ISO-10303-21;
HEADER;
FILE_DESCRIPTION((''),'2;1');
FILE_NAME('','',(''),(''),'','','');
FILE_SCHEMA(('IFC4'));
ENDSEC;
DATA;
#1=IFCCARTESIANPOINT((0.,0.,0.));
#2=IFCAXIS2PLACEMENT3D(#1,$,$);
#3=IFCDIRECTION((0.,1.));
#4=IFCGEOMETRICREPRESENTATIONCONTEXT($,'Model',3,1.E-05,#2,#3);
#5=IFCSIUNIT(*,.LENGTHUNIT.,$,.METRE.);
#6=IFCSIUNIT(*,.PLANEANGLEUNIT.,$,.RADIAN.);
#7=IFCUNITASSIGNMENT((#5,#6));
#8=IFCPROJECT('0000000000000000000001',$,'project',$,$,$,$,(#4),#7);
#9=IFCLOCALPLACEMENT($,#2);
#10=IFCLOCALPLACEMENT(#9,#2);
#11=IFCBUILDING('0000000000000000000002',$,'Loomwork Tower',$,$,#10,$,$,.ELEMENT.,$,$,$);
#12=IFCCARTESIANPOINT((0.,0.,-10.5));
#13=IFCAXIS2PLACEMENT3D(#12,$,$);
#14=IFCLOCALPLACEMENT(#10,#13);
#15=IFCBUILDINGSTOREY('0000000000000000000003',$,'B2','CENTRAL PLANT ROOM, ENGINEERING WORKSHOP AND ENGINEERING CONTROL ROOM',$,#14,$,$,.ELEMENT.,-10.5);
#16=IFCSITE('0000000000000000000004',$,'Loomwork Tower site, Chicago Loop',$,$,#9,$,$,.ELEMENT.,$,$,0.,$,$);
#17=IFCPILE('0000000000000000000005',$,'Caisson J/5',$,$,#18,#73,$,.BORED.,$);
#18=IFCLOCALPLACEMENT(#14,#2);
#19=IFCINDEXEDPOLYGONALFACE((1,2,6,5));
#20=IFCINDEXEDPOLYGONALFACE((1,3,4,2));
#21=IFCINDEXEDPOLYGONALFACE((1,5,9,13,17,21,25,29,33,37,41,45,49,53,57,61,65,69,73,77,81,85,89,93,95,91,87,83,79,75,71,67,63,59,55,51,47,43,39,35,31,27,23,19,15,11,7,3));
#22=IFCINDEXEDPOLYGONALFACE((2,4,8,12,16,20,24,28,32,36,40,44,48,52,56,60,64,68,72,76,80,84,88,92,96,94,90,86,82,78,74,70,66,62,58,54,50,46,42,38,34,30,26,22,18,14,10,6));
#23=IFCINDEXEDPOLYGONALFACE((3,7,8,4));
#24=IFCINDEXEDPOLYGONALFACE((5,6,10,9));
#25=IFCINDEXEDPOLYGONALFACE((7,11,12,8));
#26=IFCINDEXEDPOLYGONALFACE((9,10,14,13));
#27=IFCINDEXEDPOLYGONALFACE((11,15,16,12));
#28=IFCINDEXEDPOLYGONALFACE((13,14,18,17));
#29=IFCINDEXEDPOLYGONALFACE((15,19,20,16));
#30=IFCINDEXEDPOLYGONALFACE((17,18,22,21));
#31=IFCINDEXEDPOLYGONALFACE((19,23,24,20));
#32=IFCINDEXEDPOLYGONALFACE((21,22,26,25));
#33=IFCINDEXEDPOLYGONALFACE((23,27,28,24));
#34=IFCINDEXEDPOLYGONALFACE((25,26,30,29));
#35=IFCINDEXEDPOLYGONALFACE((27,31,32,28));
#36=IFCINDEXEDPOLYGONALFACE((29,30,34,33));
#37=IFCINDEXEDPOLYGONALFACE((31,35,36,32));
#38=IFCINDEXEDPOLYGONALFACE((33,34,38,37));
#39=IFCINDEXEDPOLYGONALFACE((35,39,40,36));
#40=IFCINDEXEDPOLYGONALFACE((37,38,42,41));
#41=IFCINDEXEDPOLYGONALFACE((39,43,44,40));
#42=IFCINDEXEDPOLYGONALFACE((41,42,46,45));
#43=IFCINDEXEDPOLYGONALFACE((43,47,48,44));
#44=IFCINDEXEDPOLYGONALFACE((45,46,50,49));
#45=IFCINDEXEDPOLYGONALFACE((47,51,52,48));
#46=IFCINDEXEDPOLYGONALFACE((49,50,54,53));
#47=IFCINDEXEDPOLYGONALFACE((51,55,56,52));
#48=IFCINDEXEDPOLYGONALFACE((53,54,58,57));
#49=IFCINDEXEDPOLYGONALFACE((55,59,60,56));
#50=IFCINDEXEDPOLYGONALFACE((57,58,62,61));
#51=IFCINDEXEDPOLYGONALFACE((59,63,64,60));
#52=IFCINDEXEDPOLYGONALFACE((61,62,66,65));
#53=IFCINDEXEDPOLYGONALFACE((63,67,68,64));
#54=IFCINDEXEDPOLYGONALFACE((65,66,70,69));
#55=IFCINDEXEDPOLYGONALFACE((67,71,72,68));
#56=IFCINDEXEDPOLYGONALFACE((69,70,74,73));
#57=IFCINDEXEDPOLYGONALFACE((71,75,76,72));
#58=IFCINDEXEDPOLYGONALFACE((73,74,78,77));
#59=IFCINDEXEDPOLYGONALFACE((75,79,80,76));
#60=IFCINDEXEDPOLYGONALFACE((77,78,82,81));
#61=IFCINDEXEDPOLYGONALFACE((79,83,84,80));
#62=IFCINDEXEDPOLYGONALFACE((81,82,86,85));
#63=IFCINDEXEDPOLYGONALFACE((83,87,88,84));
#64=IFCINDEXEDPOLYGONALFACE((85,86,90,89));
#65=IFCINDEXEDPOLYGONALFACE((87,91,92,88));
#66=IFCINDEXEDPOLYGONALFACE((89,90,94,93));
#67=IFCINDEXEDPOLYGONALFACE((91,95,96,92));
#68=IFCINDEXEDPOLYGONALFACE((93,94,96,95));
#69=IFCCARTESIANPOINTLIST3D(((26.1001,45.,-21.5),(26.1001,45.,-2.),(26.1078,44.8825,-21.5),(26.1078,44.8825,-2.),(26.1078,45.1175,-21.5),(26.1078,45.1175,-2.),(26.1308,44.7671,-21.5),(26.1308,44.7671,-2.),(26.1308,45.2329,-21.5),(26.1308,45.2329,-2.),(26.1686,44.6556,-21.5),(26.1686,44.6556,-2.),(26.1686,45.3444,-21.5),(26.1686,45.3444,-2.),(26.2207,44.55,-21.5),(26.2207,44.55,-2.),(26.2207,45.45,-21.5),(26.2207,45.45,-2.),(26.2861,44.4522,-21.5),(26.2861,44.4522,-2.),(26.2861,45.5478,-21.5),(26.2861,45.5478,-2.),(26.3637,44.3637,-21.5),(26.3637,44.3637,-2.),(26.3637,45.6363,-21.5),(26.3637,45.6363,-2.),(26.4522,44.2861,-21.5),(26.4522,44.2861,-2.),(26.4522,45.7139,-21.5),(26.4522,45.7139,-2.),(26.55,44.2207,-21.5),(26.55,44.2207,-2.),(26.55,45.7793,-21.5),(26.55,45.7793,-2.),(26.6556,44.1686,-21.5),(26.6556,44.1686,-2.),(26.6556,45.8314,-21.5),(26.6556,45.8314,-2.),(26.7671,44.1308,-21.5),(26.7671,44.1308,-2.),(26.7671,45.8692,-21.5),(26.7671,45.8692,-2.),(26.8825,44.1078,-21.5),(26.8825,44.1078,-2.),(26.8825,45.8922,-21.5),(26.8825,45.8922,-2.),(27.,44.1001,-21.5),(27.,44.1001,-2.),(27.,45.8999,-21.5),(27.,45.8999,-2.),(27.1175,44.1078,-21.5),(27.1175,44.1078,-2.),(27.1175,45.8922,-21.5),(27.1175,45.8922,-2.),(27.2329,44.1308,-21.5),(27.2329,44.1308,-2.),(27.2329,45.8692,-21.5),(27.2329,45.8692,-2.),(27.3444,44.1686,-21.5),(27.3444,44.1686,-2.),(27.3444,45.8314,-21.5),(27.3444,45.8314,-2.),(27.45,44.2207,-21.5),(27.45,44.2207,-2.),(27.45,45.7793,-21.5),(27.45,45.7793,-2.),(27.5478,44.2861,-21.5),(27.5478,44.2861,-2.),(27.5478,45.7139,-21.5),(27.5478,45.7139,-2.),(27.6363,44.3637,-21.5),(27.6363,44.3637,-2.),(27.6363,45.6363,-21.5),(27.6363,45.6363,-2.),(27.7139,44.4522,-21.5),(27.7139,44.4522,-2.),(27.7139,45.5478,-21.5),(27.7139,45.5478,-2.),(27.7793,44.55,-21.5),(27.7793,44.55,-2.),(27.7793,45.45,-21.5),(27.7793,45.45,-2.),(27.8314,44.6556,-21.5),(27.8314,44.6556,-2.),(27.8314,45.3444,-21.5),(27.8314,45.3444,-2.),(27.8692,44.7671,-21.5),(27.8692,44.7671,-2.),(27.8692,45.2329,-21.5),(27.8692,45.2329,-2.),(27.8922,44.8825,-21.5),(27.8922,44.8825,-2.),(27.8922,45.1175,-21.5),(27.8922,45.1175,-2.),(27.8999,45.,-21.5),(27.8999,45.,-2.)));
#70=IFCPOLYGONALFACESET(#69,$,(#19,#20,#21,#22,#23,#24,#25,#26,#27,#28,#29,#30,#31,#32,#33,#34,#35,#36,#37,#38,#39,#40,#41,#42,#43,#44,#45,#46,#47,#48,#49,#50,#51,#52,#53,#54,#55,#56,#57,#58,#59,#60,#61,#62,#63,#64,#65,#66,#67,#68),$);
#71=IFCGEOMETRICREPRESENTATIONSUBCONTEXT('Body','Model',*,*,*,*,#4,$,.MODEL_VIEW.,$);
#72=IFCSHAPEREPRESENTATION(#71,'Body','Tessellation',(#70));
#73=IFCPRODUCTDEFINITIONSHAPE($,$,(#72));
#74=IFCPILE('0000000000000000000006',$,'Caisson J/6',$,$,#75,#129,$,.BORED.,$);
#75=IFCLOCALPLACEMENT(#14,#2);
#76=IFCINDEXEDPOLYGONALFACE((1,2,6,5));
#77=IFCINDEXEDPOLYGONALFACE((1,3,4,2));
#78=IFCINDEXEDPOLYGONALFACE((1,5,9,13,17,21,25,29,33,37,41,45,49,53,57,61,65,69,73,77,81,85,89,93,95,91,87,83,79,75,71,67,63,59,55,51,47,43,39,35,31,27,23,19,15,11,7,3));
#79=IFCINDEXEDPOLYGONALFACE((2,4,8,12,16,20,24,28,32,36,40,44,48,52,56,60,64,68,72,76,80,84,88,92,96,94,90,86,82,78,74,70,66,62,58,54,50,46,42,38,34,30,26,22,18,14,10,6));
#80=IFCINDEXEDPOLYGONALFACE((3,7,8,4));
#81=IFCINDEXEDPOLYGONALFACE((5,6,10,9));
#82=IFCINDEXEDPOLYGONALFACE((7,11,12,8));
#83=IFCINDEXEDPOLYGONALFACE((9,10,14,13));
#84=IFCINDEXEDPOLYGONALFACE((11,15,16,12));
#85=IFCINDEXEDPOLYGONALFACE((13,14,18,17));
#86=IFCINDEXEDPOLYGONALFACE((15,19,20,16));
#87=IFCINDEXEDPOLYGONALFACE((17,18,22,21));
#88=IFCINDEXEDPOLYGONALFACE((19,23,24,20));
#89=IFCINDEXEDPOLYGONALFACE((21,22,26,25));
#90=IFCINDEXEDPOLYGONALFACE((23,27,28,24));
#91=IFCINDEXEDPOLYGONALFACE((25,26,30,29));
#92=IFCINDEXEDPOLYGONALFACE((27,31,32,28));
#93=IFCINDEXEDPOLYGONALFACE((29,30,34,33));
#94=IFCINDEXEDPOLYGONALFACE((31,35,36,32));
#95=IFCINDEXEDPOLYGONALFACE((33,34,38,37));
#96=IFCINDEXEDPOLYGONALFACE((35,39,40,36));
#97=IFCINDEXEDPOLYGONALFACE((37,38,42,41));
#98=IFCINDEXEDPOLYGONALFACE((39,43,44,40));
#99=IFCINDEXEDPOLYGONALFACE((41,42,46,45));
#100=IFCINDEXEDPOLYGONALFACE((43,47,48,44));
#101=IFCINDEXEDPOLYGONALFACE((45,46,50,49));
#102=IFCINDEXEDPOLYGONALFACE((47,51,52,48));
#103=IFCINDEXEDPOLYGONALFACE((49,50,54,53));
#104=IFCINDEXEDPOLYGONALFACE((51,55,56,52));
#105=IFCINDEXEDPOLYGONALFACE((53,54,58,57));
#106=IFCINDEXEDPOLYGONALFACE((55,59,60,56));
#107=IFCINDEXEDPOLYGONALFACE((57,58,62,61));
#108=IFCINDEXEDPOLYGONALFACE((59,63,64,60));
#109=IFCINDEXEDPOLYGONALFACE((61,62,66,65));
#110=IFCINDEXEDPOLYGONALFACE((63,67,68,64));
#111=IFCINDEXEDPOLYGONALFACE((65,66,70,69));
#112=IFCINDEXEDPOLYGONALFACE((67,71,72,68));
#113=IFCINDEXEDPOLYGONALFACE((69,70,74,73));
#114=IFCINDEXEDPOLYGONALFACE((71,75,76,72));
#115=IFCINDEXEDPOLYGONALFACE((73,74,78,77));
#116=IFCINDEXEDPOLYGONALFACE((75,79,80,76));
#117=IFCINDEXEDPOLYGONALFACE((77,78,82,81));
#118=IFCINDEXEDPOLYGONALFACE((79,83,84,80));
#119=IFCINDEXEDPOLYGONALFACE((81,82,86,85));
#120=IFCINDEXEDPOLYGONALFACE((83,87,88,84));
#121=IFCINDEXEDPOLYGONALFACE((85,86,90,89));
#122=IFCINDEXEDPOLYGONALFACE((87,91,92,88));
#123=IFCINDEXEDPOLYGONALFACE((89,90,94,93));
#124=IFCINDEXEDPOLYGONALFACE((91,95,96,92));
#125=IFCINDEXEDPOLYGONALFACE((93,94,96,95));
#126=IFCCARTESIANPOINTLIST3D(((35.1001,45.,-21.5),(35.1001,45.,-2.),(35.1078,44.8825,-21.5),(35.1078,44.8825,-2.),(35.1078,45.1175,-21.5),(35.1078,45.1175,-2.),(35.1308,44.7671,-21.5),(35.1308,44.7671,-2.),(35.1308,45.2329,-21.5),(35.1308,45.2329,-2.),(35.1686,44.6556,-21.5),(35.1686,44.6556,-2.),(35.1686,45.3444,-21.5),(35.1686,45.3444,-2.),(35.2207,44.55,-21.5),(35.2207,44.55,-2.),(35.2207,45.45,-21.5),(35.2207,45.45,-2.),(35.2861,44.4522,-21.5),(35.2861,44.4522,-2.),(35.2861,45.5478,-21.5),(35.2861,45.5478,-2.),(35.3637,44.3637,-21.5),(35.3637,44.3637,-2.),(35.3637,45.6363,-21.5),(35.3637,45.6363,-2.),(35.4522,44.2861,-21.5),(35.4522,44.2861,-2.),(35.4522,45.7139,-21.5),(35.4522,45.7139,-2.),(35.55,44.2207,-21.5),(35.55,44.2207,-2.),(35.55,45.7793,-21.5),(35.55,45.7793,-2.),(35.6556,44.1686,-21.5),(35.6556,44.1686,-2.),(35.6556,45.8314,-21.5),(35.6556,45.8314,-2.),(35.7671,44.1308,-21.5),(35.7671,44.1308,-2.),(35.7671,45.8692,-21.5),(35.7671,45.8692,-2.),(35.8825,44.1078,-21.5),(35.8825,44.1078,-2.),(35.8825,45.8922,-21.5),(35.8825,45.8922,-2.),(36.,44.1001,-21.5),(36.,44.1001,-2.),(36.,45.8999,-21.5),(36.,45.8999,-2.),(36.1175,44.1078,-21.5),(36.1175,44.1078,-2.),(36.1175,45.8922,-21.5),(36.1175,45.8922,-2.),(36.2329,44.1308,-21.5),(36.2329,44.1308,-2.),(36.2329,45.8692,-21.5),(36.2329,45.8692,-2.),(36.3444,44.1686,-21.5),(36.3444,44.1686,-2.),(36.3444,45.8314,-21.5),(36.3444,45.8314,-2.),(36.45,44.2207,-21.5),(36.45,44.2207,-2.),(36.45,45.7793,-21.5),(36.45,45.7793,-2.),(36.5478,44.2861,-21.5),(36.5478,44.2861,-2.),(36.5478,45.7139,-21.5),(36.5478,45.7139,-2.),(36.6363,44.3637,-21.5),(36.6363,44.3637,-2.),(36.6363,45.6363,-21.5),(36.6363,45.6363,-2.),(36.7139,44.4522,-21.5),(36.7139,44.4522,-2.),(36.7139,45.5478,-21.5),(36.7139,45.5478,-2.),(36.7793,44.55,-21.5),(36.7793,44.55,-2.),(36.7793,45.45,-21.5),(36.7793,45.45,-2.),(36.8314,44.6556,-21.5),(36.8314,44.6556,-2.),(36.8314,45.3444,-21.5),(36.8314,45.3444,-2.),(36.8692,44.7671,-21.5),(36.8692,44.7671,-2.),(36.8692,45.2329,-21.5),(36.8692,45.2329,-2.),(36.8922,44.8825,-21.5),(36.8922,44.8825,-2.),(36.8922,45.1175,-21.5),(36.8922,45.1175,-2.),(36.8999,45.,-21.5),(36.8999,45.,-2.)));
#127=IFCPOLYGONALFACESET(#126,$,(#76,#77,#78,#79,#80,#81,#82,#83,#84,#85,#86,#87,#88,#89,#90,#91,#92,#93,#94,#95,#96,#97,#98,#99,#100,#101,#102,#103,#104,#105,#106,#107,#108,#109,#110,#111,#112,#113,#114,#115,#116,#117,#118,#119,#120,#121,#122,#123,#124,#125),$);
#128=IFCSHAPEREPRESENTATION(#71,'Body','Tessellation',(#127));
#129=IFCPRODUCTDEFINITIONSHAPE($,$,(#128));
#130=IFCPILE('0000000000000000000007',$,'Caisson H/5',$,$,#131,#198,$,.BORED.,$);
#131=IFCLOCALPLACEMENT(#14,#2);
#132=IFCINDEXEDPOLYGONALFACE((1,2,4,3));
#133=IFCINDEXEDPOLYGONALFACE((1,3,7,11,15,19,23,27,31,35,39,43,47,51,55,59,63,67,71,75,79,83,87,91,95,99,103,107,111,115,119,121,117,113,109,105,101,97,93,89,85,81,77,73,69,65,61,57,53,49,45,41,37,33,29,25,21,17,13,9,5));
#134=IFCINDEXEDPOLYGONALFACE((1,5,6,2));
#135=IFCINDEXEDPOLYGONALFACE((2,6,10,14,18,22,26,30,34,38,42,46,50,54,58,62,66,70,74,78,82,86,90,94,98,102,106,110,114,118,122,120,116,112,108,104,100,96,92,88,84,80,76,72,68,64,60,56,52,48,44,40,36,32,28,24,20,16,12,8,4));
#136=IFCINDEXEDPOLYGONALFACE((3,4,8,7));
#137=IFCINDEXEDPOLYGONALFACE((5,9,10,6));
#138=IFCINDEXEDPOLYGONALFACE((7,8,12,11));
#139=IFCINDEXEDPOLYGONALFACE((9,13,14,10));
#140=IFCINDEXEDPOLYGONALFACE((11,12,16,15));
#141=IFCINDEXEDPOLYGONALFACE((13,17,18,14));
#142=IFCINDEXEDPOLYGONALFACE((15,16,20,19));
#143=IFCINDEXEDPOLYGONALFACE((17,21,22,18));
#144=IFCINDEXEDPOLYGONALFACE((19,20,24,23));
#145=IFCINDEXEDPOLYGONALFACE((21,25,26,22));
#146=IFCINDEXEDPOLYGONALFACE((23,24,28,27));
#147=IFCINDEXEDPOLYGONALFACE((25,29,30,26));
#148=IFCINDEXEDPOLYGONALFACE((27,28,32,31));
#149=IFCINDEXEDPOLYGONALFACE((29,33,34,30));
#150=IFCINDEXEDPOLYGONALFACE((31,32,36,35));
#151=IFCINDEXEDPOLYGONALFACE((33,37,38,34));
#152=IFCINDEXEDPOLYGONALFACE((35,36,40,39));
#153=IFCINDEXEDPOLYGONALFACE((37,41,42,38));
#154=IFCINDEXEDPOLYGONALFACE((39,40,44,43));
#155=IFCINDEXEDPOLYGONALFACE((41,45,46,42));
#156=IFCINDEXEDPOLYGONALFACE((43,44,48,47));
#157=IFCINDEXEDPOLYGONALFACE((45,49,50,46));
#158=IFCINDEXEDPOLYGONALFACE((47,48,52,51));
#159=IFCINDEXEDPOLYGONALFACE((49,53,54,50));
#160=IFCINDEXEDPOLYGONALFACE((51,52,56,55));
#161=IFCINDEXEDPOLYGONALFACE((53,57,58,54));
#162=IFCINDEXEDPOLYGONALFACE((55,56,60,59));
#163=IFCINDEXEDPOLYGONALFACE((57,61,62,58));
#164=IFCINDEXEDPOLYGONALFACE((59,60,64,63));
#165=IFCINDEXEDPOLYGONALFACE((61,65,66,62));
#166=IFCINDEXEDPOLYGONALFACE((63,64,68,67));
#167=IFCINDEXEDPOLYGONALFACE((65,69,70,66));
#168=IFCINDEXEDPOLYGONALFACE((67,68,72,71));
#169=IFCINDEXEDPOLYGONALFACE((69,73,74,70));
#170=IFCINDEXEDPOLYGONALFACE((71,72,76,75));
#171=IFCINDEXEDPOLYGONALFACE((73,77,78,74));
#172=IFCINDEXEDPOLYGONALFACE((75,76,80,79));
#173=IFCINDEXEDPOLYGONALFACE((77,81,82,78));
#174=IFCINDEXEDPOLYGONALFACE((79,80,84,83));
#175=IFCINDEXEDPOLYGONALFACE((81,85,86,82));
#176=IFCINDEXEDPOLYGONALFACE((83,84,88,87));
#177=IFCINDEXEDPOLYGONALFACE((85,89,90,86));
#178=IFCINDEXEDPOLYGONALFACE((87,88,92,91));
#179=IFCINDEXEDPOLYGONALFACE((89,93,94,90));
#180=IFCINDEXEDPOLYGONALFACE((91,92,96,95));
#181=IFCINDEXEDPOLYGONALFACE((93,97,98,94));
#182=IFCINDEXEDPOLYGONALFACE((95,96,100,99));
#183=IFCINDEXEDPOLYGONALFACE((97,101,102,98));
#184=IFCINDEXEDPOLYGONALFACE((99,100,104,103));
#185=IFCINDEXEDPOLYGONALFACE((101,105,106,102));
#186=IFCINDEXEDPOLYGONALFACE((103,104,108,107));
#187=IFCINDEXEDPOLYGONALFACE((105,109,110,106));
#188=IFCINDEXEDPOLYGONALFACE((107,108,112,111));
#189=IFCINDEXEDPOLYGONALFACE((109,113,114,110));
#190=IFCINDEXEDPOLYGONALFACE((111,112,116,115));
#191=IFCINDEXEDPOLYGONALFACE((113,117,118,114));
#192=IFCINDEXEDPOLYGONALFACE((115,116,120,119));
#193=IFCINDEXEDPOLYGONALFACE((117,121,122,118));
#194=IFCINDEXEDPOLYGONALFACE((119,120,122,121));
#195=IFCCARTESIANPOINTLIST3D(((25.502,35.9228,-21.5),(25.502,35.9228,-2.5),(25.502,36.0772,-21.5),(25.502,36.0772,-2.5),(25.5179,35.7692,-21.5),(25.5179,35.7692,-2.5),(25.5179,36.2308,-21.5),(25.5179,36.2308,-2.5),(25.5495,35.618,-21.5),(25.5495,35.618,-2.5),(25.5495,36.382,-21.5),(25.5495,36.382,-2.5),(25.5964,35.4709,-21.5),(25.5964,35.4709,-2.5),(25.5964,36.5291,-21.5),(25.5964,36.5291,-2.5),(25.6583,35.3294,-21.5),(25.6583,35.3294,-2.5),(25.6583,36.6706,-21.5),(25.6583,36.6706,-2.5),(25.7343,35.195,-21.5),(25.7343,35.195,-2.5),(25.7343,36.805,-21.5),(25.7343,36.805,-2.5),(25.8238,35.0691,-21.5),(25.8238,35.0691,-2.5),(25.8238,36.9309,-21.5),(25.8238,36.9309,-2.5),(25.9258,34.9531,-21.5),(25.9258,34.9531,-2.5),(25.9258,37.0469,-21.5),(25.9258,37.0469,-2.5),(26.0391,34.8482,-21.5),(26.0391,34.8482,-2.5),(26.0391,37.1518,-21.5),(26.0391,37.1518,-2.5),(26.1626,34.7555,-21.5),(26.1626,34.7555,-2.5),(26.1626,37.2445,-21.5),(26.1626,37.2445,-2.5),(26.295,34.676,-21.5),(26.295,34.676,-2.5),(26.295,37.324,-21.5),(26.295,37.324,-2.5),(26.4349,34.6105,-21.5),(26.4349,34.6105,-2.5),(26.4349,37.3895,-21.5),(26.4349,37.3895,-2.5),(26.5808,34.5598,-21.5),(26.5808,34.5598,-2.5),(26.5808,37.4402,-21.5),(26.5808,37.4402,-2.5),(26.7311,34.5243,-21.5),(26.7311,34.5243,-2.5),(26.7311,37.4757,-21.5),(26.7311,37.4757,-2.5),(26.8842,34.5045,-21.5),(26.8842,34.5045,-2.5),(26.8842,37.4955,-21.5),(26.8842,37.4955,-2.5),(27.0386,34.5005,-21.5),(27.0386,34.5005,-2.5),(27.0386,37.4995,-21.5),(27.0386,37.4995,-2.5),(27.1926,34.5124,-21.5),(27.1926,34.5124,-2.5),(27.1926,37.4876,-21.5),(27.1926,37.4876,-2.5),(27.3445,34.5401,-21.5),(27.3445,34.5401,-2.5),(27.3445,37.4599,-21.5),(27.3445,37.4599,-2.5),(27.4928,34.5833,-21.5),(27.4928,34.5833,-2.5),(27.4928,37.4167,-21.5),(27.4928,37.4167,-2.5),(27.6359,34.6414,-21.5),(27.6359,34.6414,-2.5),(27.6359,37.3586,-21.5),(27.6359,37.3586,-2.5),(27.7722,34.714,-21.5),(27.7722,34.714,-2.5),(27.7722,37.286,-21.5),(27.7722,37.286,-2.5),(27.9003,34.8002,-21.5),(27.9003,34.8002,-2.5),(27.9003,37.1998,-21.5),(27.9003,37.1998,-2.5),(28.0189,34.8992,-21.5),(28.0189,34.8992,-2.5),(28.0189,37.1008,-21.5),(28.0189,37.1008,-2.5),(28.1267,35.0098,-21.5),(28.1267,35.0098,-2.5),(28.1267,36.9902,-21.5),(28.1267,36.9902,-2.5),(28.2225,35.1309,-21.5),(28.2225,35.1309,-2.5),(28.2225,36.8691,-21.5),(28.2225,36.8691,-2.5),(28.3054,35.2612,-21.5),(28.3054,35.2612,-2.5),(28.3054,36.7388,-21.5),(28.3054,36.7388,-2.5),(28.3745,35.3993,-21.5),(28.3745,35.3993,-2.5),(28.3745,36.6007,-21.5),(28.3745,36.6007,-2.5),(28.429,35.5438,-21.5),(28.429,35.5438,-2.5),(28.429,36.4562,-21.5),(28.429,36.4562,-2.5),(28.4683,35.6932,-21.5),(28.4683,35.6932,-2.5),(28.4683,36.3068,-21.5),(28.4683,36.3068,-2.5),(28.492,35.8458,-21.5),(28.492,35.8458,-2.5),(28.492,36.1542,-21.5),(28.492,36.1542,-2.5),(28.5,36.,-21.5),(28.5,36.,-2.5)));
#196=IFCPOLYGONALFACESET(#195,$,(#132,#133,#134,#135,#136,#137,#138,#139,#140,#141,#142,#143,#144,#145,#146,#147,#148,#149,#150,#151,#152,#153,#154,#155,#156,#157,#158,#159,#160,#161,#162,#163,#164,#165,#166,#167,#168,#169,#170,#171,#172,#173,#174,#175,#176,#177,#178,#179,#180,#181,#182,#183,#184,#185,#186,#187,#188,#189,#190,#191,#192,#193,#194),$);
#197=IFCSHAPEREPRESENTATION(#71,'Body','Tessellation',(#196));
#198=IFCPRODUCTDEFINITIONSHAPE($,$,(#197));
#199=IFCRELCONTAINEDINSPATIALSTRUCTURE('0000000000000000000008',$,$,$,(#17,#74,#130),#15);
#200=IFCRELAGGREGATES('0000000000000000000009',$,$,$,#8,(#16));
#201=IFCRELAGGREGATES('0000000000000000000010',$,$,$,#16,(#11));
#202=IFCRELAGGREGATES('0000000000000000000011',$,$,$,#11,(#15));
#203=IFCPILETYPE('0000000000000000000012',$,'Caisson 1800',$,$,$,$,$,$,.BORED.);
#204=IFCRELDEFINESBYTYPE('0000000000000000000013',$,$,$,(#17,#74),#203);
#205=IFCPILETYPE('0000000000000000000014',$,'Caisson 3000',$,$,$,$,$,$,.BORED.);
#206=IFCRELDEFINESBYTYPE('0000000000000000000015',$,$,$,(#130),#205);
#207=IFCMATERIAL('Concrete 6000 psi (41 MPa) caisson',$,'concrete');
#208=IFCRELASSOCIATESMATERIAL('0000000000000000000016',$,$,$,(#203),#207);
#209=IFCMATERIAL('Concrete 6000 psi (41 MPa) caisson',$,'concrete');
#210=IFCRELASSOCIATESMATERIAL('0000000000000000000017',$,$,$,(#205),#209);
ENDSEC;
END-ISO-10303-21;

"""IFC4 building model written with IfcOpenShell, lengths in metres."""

from ifc_helpers import new_model, si_unit, direction, frame, origin, origin_2d, place, context, subcontext, project, spatial, circle, extrude, material, material_profile, profile_set, type_object, element, save


model = new_model("IFC4")

# Units and contexts
model_context = context("Model", 3, precision=1e-05, world=origin(), true_north=direction((0.0, 1.0)))
body_context = subcontext(model_context, "Body", "Model", "MODEL_VIEW")
ifc_project = project(units=[si_unit("LENGTHUNIT", "METRE"), si_unit("PLANEANGLEUNIT", "RADIAN")], contexts=[model_context])

# Site, building, storey
site_placement = place(None, origin())
site = spatial("IfcSite", under=ifc_project, at=site_placement, Name="Loomwork Tower site, Chicago Loop", CompositionType="ELEMENT", RefElevation=0.0)
building_placement = place(site_placement, origin())
building = spatial("IfcBuilding", under=site, at=building_placement, Name="Loomwork Tower", CompositionType="ELEMENT")
storey_placement = place(building_placement, frame((0.0, 0.0, -10.5)))
storey = spatial("IfcBuildingStorey", under=building, at=storey_placement, Name="B2", Description="CENTRAL PLANT ROOM, ENGINEERING WORKSHOP AND ENGINEERING CONTROL ROOM", CompositionType="ELEMENT", Elevation=-10.5)

# Piles
ifc_material_1 = material(Name="Concrete 6000 psi (41 MPa) caisson", Category="concrete")
ifc_material_profile_1 = material_profile(ifc_material_1, circle(Radius=0.8999, at=origin_2d()), Name="D1800")
ifc_profile_set_1 = profile_set([ifc_material_profile_1], Name="Concrete 6000 psi (41 MPa) caisson")
pile_type_1 = type_object("IfcPileType", Name="Caisson 1800", PredefinedType="BORED", material=ifc_profile_set_1)
for number, where, z_axis, x_axis, name in (
    (1, (27.0, 45.0, -2.0), (0.0, 0.0, -1.0), (1.0, 0.0, 0.0), "Caisson J/5"),
    (2, (36.0, 45.0, -2.0), (0.0, 0.0, -1.0), (1.0, 0.0, 0.0), "Caisson J/6"),
):
    element("IfcPile", number, at=place(storey_placement, frame(where, z_axis=z_axis, x_axis=x_axis)), inside=storey, type_object=pile_type_1, Name=name, PredefinedType="BORED", context=body_context, shape_type="SweptSolid", body=[
        extrude(circle(Radius=0.8999, at=origin_2d()), origin(), (0.0, 0.0, 1.0), 19.5),
    ])
ifc_material_2 = material(Name="Concrete 6000 psi (41 MPa) caisson", Category="concrete")
ifc_material_profile_2 = material_profile(ifc_material_2, circle(Radius=1.5, at=origin_2d()), Name="D3000")
ifc_profile_set_2 = profile_set([ifc_material_profile_2], Name="Concrete 6000 psi (41 MPa) caisson")
pile_type_2 = type_object("IfcPileType", Name="Caisson 3000", PredefinedType="BORED", material=ifc_profile_set_2)
for number, where, z_axis, x_axis, name in (
    (3, (27.0, 36.0, -2.5), (0.0, 0.0, -1.0), (1.0, 0.0, 0.0), "Caisson H/5"),
):
    element("IfcPile", number, at=place(storey_placement, frame(where, z_axis=z_axis, x_axis=x_axis)), inside=storey, type_object=pile_type_2, Name=name, PredefinedType="BORED", context=body_context, shape_type="SweptSolid", body=[
        extrude(circle(Radius=1.5, at=origin_2d()), origin(), (0.0, 0.0, 1.0), 19.0),
    ])

save(model, "model.ifc")
